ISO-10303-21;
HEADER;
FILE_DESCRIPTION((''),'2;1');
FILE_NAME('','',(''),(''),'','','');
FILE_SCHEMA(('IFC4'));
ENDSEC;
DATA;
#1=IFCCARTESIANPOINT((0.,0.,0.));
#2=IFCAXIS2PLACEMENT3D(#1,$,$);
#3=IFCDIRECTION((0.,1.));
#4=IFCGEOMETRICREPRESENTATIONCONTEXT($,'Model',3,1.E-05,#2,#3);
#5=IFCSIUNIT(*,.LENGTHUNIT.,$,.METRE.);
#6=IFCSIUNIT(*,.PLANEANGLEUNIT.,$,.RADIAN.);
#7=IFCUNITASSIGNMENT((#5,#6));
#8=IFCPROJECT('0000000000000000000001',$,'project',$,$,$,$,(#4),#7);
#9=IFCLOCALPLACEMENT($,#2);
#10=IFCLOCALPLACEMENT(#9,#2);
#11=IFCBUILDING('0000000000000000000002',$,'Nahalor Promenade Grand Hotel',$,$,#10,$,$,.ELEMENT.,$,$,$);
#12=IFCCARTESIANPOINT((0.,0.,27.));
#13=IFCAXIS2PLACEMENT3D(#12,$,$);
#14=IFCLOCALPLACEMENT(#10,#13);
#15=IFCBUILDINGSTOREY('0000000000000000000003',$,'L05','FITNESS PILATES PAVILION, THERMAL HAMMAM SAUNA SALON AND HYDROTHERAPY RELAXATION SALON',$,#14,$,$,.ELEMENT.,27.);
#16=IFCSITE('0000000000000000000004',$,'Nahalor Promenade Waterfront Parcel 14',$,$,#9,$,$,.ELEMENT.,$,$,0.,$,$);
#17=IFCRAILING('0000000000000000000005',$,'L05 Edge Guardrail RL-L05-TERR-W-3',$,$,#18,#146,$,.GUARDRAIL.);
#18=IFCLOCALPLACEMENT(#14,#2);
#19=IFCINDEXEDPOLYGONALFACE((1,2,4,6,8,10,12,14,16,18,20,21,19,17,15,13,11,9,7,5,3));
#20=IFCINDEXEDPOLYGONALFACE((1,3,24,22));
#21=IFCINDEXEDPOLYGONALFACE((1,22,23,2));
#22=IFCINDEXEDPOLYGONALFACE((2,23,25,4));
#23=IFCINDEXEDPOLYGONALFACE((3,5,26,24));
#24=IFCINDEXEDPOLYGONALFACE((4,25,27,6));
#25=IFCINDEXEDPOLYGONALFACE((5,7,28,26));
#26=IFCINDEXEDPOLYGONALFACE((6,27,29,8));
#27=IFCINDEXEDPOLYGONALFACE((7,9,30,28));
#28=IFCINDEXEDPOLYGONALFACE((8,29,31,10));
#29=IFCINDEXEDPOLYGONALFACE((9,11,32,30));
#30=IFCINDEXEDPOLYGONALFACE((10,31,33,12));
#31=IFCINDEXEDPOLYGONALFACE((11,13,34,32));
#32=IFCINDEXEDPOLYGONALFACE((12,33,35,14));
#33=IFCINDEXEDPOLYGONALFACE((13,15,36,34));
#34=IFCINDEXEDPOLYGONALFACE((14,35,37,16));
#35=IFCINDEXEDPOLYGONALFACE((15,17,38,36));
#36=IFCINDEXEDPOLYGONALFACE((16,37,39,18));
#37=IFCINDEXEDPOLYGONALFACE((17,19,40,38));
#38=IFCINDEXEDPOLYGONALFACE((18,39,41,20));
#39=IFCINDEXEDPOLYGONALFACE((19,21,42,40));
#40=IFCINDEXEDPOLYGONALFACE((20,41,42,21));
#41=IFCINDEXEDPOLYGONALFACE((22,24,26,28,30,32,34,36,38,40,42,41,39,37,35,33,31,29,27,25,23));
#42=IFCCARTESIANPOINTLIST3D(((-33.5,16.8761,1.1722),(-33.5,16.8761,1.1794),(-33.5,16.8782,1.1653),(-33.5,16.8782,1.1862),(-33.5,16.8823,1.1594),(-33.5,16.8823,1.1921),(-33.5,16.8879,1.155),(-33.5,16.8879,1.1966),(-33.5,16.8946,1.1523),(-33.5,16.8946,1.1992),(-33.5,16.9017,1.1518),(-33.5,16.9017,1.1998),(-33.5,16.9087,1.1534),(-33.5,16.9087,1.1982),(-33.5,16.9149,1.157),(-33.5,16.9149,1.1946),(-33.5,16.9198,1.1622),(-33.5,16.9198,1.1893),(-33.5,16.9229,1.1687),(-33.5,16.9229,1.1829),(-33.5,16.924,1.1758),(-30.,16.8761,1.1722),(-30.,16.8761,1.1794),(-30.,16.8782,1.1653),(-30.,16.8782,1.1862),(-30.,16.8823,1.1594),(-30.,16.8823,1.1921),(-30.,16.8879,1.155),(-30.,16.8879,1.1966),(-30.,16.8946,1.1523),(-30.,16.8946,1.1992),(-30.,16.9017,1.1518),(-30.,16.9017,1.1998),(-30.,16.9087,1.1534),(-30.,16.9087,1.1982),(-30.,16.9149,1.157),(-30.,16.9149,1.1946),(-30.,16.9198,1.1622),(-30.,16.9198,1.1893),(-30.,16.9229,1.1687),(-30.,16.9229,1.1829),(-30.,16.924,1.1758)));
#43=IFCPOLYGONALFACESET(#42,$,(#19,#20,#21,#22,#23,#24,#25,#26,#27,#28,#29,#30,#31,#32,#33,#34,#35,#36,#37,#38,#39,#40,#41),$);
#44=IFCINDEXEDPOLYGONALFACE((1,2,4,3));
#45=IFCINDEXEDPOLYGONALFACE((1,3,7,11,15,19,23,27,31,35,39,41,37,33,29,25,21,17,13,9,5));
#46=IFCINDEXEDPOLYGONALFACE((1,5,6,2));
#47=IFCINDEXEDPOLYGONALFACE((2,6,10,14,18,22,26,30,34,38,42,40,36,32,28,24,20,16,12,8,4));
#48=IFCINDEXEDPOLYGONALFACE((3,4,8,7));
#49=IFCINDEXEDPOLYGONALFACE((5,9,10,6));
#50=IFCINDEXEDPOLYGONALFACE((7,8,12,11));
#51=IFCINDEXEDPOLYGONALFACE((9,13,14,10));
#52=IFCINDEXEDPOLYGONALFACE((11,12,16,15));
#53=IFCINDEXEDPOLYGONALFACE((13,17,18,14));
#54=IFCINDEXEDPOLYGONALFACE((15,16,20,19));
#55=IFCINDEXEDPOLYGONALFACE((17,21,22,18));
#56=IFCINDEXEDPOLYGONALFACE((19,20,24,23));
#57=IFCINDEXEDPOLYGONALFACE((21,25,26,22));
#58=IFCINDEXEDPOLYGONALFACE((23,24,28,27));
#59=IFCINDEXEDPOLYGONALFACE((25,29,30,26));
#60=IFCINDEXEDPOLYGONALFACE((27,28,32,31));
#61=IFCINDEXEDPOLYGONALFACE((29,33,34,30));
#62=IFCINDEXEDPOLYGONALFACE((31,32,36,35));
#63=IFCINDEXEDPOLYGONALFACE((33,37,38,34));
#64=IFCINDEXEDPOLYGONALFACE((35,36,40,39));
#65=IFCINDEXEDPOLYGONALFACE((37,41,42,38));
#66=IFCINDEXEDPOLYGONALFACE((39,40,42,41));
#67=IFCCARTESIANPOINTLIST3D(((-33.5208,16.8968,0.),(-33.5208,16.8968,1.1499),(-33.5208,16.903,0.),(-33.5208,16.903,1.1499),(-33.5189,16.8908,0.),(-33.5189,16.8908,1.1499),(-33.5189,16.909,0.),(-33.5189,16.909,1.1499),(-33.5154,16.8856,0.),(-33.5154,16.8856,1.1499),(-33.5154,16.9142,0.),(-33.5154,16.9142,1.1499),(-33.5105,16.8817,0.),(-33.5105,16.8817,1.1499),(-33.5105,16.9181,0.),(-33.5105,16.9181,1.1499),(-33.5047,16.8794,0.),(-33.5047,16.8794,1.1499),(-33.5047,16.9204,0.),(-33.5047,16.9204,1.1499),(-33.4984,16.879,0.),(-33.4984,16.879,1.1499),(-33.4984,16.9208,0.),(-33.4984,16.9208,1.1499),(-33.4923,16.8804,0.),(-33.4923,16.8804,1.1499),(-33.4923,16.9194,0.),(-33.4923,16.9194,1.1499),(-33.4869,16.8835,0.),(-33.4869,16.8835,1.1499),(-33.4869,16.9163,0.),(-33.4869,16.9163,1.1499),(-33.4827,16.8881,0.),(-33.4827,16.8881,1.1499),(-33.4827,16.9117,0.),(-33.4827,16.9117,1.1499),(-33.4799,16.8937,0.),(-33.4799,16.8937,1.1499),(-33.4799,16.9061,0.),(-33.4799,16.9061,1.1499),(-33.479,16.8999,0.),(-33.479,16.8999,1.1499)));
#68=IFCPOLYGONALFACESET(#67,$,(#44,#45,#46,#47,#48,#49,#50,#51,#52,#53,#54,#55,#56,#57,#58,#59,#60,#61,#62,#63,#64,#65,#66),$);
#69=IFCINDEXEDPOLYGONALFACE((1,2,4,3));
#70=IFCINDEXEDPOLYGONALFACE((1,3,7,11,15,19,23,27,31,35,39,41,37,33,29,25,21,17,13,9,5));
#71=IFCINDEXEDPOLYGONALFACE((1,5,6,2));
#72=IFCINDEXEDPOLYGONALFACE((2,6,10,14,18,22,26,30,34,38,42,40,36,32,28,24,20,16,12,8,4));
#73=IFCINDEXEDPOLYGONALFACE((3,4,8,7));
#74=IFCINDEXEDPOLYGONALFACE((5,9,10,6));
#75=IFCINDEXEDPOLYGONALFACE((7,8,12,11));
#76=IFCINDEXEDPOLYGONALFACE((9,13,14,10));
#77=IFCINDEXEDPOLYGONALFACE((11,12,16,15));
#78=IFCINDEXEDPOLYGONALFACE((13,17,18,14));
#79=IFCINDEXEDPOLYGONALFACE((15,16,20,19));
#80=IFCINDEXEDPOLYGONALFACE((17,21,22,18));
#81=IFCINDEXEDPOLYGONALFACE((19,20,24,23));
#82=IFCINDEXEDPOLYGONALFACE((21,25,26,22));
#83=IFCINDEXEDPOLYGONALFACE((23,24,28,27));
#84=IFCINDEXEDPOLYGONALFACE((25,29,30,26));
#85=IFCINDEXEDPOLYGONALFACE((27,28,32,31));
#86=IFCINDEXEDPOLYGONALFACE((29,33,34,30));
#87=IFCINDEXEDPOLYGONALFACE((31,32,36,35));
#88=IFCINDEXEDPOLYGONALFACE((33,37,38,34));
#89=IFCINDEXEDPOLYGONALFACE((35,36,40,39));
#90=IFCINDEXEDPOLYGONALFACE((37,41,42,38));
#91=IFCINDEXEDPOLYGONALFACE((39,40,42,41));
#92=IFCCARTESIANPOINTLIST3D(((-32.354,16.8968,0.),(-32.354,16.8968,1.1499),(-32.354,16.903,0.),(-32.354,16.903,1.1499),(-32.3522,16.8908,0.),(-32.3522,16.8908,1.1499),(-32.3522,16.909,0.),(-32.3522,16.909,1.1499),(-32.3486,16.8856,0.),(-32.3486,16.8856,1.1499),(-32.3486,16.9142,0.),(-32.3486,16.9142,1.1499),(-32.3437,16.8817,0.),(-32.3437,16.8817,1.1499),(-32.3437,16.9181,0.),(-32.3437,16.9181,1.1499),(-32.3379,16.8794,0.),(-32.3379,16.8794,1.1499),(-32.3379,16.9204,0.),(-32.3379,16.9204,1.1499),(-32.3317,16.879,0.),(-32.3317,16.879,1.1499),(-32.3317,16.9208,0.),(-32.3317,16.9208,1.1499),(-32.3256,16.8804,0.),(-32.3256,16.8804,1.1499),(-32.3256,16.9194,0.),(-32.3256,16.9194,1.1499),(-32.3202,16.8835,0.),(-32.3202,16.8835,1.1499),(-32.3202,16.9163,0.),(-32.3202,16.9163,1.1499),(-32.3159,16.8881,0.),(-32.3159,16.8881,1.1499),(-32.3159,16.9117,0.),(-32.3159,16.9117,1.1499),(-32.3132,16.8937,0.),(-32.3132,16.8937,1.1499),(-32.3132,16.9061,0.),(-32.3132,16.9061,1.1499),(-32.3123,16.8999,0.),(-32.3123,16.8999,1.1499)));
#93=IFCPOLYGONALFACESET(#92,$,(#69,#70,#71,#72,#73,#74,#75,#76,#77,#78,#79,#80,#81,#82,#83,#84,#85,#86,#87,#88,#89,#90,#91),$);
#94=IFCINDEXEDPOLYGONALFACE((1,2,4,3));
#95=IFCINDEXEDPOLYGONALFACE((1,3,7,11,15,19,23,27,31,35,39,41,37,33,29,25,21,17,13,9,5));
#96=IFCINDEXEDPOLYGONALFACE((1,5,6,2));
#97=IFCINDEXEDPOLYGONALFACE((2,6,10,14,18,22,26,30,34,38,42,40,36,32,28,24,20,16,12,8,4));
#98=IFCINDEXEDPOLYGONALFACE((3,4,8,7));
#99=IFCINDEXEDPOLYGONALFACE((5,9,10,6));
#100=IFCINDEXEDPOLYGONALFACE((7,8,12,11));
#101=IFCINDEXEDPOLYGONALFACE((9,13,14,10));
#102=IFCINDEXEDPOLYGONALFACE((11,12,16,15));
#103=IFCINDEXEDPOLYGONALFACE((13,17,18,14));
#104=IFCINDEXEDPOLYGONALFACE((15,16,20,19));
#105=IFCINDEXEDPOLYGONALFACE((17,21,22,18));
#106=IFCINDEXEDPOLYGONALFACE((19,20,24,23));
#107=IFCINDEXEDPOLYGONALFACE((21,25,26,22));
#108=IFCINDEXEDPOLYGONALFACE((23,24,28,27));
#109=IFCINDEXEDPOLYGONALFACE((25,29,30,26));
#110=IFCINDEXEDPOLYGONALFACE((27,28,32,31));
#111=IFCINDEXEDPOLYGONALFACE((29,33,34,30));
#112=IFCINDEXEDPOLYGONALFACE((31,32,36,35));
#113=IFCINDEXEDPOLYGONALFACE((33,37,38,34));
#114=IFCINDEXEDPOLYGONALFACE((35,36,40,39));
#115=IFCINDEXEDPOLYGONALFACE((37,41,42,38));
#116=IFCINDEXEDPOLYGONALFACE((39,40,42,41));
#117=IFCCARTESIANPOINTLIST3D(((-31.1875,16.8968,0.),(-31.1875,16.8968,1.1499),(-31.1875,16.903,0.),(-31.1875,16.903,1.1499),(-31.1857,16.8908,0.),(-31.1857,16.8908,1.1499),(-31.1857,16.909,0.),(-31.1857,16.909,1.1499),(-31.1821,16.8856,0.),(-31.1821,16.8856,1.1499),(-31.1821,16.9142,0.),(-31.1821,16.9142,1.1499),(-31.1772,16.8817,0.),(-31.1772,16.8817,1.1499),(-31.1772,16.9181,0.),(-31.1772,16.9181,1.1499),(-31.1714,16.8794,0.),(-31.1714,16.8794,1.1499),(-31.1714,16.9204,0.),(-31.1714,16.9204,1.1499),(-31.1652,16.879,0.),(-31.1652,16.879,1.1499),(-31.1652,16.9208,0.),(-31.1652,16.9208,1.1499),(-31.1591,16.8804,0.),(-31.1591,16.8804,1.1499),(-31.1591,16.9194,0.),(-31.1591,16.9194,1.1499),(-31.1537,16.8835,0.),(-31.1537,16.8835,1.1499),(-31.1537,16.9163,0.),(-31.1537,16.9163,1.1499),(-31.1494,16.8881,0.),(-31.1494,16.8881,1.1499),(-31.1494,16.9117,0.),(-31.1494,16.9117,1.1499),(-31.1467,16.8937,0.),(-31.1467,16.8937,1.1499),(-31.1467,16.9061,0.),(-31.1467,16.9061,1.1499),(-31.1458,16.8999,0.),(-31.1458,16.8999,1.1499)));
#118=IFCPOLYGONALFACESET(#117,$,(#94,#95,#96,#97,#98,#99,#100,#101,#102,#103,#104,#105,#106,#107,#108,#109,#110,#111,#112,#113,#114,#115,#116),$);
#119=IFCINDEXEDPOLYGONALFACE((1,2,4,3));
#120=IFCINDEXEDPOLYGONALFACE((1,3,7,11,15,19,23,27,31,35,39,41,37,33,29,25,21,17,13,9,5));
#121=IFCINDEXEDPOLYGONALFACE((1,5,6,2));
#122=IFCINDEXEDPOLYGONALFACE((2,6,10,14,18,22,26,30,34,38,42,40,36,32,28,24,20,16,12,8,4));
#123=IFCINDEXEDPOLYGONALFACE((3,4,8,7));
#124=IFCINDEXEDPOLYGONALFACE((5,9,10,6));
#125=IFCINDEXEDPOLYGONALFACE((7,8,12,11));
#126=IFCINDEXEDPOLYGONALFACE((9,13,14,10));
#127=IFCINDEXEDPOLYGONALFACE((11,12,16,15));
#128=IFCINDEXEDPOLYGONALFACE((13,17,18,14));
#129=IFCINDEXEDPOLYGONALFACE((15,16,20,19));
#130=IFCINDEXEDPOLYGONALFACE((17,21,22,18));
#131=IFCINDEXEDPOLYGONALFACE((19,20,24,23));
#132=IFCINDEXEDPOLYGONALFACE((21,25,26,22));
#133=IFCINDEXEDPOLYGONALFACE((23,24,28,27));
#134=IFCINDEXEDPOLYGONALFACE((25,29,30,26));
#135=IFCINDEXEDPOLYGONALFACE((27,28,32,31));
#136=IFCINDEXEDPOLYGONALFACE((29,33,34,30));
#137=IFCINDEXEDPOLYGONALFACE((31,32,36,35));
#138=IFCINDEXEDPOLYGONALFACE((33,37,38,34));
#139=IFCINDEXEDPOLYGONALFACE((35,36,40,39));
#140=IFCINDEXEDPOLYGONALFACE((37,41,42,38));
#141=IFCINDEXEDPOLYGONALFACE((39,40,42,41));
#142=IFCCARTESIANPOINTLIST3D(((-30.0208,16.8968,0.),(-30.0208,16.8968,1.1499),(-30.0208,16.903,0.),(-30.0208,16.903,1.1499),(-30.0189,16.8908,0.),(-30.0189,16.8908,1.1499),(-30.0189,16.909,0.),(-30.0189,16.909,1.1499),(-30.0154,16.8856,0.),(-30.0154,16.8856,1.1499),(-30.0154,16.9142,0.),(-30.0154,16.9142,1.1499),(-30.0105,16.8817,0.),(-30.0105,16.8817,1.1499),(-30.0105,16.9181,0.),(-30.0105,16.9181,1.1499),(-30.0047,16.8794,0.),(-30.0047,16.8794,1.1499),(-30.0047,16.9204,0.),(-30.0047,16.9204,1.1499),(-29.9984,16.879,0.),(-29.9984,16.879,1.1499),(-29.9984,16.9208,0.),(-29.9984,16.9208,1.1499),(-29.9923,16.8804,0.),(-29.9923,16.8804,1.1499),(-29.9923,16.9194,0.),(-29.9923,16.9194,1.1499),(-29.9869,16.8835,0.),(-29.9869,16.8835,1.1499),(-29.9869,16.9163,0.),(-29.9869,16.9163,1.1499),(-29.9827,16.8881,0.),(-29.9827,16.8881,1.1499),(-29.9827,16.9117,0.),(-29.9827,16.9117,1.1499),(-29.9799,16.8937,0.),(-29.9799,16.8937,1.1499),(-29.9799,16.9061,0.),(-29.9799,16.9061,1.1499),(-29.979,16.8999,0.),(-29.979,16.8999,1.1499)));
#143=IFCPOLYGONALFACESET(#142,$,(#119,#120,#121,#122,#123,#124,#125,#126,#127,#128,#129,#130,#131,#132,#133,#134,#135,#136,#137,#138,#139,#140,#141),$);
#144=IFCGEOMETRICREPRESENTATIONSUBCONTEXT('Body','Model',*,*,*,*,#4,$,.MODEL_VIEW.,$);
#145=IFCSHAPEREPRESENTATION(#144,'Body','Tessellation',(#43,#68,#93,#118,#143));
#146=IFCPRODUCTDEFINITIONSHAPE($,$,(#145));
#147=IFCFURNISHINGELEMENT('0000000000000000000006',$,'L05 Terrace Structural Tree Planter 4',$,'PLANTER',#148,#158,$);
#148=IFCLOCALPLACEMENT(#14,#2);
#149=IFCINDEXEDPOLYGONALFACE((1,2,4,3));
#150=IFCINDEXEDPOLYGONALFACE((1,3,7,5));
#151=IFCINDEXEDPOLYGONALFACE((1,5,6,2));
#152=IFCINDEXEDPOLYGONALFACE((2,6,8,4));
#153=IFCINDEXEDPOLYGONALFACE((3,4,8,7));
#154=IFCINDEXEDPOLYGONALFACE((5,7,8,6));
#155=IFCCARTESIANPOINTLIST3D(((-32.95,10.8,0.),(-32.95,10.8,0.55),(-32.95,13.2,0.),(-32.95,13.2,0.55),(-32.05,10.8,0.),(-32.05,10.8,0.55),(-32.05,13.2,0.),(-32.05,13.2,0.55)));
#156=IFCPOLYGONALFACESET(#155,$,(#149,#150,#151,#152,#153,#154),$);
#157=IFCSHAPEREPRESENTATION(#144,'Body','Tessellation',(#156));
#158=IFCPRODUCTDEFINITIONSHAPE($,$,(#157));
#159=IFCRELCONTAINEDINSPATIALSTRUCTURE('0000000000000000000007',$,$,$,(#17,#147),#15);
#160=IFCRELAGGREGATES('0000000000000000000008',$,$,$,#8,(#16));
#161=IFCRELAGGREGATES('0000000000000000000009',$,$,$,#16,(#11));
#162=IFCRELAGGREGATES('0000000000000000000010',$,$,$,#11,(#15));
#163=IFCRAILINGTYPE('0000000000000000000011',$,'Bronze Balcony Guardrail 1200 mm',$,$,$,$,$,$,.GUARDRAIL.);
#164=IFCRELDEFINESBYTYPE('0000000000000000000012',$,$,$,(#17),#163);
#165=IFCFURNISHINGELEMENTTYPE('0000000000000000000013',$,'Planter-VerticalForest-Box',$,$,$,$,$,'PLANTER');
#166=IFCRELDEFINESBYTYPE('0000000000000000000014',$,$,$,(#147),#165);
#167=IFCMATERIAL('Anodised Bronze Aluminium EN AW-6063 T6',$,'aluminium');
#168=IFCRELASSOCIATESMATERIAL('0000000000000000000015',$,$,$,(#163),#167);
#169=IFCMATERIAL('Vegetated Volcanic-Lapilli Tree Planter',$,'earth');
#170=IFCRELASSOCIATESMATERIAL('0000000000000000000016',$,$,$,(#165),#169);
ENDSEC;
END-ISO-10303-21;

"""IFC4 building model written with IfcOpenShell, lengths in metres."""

from ifc_helpers import new_model, si_unit, direction, frame, origin, origin_2d, place, context, subcontext, project, spatial, rectangle, circle, extrude, source, transform, mapped, material, type_object, element, save


model = new_model("IFC4")

# Units and contexts
model_context = context("Model", 3, precision=1e-05, world=origin(), true_north=direction((0.0, 1.0)))
body_context = subcontext(model_context, "Body", "Model", "MODEL_VIEW")
ifc_project = project(units=[si_unit("LENGTHUNIT", "METRE"), si_unit("PLANEANGLEUNIT", "RADIAN")], contexts=[model_context])

# Site, building, storey
site_placement = place(None, origin())
site = spatial("IfcSite", under=ifc_project, at=site_placement, Name="Nahalor Promenade Waterfront Parcel 14", CompositionType="ELEMENT", RefElevation=0.0)
building_placement = place(site_placement, origin())
building = spatial("IfcBuilding", under=site, at=building_placement, Name="Nahalor Promenade Grand Hotel", CompositionType="ELEMENT")
storey_placement = place(building_placement, frame((0.0, 0.0, 27.0)))
storey = spatial("IfcBuildingStorey", under=building, at=storey_placement, Name="L05", Description="FITNESS PILATES PAVILION, THERMAL HAMMAM SAUNA SALON AND HYDROTHERAPY RELAXATION SALON", CompositionType="ELEMENT", Elevation=27.0)

# Shared definitions
ifc_material_1 = material(Name="Anodised Bronze Aluminium EN AW-6063 T6", Category="aluminium")

# Railing
railing_type = type_object("IfcRailingType", Name="Bronze Balcony Guardrail 1200 mm", PredefinedType="GUARDRAIL", material=ifc_material_1)
railing_placement = place(storey_placement, frame((-33.5, 16.8999, 0.0)))
element("IfcRailing", 1, at=railing_placement, inside=storey, type_object=railing_type, Name="L05 Edge Guardrail RL-L05-TERR-W-3", PredefinedType="GUARDRAIL", context=body_context, shape_type="SweptSolid", body=[
    extrude(circle(Radius=0.024, at=origin_2d()), frame((0.0, 0.0, 1.1758), z_axis=(1.0, 0.0, 0.0), x_axis=(0.0, 1.0, 0.0)), (0.0, 0.0, 1.0), 3.5),
    extrude(circle(Radius=0.021, at=origin_2d()), origin(), (0.0, 0.0, 1.0), 1.1499),
    extrude(circle(Radius=0.021, at=origin_2d()), frame((1.1667, 0.0, 0.0)), (0.0, 0.0, 1.0), 1.1499),
    extrude(circle(Radius=0.021, at=origin_2d()), frame((2.3333, 0.0, 0.0)), (0.0, 0.0, 1.0), 1.1499),
    extrude(circle(Radius=0.021, at=origin_2d()), frame((3.5, 0.0, 0.0)), (0.0, 0.0, 1.0), 1.1499),
])

# Furnishing element
ifc_material_2 = material(Name="Vegetated Volcanic-Lapilli Tree Planter", Category="earth")
furnishing_element_type = type_object("IfcFurnishingElementType", Name="Planter-VerticalForest-Box", ElementType="PLANTER", material=ifc_material_2)
shared_shape_1 = source(origin(), body_context, "Body", "SweptSolid", [
    extrude(rectangle(XDim=0.8999, YDim=2.3999, at=origin_2d()), origin(), (0.0, 0.0, 1.0), 0.55),
])
furnishing_placement = place(storey_placement, frame((-32.5, 12.0, 0.0), z_axis=(0.0, 0.0, 1.0), x_axis=(1.0, 0.0, 0.0)))
element("IfcFurnishingElement", 2, at=furnishing_placement, inside=storey, type_object=furnishing_element_type, Name="L05 Terrace Structural Tree Planter 4", ObjectType="PLANTER", context=body_context, shape_type="MappedRepresentation", body=[
    mapped(shared_shape_1, transform((0.0, 0.0, 0.0), scale=1.0)),
])

save(model, "model.ifc")
